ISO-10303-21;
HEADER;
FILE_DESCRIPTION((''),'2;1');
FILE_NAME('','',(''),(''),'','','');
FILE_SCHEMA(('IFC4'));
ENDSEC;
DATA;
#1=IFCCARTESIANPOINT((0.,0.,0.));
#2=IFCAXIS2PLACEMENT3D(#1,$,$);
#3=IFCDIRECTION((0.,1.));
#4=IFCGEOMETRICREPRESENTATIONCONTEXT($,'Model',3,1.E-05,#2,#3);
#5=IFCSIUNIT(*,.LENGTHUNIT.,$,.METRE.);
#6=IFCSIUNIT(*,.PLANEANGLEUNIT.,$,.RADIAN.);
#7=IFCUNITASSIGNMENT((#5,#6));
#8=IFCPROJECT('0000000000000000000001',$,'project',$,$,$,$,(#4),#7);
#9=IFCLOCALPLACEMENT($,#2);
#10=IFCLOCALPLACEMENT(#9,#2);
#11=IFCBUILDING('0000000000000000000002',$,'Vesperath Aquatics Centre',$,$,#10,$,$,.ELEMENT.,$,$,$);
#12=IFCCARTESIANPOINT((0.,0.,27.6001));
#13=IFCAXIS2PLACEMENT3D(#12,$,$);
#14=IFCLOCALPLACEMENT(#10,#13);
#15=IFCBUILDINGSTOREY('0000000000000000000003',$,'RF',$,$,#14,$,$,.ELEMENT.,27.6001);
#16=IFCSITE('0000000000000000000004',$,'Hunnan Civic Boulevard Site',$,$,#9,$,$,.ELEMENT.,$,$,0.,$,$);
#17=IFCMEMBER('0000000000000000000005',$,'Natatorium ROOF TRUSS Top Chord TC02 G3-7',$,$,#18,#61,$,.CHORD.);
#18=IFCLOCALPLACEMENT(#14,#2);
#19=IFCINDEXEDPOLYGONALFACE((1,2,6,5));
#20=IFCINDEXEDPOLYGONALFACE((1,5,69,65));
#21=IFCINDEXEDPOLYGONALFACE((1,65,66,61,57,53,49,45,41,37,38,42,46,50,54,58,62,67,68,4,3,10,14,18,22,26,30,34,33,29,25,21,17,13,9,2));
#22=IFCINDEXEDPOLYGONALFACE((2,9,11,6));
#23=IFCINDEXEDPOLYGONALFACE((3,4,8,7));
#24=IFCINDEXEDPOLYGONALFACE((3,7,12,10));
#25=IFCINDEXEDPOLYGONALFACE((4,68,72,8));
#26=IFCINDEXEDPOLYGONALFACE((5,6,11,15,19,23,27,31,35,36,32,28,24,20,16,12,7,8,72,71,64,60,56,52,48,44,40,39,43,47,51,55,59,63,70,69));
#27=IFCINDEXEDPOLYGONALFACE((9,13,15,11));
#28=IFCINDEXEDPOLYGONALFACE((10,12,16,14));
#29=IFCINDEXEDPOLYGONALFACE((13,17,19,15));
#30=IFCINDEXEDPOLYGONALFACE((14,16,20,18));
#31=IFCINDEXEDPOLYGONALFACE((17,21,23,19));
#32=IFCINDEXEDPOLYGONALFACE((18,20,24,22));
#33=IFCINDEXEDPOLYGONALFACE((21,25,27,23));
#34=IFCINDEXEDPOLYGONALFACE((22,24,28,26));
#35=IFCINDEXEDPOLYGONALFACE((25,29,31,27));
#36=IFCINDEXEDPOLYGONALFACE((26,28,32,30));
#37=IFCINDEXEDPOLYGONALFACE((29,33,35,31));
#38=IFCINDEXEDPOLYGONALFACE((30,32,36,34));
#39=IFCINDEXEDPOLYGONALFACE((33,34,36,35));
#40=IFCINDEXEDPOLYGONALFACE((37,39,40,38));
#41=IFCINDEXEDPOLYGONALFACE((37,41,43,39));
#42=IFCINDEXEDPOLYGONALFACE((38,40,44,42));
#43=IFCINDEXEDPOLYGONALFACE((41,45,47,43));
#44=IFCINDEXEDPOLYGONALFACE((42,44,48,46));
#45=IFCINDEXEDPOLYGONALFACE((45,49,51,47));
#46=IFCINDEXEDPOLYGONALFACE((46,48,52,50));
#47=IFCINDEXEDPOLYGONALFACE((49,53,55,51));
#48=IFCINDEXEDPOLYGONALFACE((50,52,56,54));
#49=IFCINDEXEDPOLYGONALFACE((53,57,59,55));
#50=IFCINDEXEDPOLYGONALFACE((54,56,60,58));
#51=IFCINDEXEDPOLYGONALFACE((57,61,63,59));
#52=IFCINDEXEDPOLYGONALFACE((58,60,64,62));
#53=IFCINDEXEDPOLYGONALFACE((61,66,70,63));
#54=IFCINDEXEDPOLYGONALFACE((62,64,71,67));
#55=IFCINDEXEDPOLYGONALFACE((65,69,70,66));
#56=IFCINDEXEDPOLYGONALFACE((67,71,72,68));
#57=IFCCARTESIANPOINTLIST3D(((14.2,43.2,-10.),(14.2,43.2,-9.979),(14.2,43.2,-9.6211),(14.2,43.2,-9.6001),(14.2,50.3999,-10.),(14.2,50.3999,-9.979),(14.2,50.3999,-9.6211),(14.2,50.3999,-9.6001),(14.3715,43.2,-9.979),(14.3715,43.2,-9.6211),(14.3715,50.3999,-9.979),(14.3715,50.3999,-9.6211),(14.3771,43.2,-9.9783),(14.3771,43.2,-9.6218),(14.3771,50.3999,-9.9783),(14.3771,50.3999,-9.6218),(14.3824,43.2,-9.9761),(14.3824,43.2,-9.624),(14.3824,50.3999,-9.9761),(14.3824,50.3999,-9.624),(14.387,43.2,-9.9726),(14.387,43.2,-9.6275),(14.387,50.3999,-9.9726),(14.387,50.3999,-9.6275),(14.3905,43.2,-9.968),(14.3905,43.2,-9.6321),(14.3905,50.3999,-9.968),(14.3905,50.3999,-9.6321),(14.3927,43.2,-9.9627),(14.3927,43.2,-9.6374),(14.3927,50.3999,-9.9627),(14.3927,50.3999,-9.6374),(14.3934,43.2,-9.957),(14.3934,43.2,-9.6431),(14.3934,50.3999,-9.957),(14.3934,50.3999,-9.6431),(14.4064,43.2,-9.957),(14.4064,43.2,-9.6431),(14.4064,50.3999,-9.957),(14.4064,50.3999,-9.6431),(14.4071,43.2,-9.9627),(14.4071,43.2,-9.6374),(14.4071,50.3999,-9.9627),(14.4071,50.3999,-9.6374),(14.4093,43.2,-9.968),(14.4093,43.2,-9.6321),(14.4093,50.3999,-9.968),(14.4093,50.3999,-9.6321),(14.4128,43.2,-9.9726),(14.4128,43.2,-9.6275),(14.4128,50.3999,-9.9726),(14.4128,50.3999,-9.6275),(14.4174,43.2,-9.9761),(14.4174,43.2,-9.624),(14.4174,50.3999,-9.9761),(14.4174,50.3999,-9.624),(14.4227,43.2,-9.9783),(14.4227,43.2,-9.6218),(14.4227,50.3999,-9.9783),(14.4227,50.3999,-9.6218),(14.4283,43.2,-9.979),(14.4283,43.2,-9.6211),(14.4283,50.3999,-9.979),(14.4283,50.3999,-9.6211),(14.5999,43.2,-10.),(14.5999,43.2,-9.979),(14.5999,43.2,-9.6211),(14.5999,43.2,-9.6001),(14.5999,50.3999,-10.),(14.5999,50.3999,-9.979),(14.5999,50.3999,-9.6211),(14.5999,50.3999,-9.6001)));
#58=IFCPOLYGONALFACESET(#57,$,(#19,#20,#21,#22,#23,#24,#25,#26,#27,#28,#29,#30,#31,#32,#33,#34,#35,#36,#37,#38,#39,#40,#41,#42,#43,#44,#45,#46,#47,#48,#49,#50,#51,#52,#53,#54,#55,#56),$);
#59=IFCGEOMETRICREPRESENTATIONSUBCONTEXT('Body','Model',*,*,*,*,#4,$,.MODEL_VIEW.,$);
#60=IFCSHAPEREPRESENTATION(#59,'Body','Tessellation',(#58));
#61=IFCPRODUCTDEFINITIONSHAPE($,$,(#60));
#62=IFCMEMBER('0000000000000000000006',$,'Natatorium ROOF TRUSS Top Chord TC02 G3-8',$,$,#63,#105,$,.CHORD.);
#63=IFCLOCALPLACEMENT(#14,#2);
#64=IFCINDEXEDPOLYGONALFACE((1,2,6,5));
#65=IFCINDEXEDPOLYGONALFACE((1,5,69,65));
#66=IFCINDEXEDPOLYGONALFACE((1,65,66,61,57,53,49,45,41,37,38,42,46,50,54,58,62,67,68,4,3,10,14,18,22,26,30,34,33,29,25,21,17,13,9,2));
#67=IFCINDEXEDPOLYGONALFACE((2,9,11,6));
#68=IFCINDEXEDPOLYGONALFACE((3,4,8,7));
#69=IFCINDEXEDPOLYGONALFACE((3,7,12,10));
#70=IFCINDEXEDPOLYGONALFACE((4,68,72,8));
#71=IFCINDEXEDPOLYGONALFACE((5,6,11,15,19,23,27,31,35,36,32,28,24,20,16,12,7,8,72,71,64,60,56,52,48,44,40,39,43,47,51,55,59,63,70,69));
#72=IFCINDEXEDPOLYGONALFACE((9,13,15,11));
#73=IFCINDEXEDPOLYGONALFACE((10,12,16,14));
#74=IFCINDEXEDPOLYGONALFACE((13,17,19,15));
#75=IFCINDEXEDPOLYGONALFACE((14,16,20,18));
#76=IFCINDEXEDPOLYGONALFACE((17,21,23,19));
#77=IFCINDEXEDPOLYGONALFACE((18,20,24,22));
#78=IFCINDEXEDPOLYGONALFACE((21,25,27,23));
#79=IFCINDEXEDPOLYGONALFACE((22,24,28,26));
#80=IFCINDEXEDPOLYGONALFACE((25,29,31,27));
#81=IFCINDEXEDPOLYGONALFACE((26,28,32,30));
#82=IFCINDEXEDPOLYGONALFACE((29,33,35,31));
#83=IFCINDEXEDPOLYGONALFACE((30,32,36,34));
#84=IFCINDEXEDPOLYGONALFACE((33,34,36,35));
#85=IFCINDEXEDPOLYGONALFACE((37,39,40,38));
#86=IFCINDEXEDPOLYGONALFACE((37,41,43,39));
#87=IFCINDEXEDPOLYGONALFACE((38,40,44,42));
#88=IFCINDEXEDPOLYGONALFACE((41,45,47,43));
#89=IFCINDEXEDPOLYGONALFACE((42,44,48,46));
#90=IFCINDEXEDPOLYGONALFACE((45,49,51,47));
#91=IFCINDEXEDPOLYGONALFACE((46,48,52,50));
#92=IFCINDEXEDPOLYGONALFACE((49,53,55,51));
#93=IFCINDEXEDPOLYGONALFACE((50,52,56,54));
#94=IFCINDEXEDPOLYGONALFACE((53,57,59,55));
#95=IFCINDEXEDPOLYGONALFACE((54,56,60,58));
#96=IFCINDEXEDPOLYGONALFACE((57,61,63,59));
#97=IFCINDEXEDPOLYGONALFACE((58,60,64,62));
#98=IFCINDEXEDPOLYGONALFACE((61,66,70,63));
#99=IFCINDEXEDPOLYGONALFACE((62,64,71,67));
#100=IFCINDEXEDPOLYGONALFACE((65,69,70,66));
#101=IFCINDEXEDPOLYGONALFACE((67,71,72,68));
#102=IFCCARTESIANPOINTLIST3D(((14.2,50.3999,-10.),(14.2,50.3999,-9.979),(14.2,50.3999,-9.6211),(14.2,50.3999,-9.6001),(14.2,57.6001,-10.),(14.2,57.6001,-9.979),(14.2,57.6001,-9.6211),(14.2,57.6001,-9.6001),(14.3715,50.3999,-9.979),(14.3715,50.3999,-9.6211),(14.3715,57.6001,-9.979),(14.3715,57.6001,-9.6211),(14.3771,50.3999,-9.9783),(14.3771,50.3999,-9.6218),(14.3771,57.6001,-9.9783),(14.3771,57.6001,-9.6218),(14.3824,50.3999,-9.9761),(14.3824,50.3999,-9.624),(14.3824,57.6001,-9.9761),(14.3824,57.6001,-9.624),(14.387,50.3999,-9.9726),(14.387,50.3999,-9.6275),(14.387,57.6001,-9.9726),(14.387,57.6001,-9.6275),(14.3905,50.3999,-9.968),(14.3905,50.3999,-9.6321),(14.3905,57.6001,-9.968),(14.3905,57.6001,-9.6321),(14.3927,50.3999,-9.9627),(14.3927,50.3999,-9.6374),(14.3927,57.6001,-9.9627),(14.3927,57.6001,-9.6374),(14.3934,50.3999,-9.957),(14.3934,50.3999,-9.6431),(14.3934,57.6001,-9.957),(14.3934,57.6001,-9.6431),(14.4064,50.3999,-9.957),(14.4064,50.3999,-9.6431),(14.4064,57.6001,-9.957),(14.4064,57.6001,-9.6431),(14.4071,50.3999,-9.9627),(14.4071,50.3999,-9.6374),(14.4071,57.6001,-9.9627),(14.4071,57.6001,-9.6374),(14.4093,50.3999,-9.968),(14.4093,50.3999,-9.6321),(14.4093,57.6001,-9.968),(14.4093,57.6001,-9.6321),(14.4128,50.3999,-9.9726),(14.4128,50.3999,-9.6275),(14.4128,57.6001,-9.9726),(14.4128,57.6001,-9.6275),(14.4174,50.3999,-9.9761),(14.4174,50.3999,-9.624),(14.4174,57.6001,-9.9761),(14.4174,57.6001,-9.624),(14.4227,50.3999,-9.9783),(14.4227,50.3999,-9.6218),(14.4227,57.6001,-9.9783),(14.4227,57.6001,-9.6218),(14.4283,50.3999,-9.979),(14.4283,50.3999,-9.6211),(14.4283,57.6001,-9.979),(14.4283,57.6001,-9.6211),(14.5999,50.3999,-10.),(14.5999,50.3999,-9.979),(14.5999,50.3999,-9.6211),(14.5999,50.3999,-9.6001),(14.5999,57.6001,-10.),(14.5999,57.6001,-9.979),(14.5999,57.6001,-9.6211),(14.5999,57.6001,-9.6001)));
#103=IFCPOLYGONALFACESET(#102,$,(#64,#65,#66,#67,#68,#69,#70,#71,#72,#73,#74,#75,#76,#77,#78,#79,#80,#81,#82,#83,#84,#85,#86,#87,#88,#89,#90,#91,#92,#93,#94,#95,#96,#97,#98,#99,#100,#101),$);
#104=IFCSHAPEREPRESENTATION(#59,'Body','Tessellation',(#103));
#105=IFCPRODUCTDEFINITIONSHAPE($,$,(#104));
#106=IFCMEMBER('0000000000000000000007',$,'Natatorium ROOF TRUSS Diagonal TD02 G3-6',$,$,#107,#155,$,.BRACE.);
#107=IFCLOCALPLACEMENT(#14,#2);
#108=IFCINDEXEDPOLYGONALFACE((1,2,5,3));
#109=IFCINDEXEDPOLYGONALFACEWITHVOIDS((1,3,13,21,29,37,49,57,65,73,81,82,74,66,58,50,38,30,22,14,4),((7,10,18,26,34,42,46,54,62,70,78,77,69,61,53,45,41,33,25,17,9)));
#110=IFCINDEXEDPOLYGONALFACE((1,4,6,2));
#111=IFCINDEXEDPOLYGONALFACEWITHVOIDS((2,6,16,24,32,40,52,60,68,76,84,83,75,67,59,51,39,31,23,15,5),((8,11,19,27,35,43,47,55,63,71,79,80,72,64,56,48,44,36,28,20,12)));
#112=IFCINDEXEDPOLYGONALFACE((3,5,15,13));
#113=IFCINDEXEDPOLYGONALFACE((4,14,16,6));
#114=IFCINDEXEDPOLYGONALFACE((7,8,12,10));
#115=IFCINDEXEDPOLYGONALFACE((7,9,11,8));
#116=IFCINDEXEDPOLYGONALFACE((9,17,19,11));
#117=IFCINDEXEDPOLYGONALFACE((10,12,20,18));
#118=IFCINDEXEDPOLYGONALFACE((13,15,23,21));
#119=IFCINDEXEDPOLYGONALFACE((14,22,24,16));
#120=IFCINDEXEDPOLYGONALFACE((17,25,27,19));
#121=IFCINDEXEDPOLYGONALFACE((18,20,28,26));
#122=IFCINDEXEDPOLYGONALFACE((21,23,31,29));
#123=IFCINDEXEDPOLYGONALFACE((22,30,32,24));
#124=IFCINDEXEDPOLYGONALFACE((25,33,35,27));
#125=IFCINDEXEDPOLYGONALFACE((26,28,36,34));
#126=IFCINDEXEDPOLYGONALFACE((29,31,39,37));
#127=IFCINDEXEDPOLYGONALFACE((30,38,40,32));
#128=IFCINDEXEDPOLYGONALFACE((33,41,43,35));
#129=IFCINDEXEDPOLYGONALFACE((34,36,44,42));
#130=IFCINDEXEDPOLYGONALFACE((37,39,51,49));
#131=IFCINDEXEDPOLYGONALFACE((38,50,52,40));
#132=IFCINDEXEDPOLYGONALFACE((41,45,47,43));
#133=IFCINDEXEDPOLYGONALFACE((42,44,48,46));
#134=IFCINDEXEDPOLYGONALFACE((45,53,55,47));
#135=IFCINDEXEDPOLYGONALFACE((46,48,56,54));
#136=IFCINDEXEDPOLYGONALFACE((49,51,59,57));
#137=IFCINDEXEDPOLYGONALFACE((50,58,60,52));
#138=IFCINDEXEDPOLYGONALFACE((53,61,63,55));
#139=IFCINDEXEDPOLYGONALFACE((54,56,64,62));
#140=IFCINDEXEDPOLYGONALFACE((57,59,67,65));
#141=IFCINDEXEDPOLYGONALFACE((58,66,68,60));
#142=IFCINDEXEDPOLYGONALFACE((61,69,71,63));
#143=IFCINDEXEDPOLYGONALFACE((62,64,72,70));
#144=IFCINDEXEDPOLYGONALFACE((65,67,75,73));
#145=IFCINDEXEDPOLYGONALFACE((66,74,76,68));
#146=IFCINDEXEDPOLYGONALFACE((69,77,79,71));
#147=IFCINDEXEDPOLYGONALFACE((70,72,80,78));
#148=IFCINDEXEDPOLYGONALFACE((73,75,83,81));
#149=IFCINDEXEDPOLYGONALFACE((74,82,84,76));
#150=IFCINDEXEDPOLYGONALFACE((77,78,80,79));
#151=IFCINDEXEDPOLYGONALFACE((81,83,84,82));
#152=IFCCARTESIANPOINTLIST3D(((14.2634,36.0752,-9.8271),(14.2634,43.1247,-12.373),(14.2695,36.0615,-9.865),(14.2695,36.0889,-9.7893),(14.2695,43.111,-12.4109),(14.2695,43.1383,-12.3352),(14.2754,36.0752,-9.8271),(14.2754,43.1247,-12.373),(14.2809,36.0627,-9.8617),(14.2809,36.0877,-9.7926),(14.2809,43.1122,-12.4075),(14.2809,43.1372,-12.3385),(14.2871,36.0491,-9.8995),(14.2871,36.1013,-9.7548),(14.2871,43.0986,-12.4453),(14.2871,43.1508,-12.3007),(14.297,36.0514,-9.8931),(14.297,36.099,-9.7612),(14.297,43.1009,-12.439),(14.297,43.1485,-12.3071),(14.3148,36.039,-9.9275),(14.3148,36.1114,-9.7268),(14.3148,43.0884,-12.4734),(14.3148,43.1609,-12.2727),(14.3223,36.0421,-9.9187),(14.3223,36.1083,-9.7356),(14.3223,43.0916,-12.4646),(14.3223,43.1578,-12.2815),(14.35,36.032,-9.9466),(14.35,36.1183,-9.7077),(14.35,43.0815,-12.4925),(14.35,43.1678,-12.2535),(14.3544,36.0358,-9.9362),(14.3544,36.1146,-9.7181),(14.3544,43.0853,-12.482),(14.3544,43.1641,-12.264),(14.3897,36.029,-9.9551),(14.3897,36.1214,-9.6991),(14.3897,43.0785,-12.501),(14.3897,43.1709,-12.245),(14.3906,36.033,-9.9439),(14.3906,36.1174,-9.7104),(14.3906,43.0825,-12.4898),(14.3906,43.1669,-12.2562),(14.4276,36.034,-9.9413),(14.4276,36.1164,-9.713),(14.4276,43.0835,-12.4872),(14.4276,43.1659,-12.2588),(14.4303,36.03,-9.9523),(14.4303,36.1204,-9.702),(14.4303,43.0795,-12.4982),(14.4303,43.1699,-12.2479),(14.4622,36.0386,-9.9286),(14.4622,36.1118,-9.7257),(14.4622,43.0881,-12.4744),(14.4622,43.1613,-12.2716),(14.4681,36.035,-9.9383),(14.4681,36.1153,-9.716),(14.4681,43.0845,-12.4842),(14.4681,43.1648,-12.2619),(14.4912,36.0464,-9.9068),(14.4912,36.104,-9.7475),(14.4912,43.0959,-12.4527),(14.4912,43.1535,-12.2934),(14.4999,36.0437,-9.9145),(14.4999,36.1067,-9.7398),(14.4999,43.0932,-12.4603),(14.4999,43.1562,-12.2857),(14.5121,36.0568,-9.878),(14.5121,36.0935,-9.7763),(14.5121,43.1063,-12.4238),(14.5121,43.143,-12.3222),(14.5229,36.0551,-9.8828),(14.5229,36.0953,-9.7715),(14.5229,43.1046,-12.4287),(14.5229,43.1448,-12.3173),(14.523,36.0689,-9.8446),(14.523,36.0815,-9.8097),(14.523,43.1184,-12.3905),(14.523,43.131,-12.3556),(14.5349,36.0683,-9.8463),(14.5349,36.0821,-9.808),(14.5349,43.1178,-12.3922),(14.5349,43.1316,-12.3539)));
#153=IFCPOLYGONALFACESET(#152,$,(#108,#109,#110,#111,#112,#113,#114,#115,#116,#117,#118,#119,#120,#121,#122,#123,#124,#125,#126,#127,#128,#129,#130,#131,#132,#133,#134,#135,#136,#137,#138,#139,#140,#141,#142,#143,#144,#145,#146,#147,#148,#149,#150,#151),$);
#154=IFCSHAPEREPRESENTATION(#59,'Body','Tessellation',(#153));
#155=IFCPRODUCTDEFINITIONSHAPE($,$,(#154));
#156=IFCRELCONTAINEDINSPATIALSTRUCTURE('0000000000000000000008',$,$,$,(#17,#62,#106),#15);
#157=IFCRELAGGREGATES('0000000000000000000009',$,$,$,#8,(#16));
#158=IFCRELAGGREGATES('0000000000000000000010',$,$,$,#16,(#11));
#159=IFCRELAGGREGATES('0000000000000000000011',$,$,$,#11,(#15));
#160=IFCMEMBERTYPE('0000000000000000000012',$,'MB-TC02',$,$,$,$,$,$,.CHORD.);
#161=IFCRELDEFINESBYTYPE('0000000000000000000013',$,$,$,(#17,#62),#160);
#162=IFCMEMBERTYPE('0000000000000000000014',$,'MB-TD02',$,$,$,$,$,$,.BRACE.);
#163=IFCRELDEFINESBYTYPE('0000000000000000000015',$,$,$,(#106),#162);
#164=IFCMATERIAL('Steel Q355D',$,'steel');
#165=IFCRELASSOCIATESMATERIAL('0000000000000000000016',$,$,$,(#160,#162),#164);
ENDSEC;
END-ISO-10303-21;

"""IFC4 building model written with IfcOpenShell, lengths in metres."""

from ifc_helpers import new_model, si_unit, direction, frame, origin, origin_2d, place, context, subcontext, project, spatial, hollow_circle, i_section, extrude, material, material_profile, profile_set, type_object, element, save


model = new_model("IFC4")

# Units and contexts
model_context = context("Model", 3, precision=1e-05, world=origin(), true_north=direction((0.0, 1.0)))
body_context = subcontext(model_context, "Body", "Model", "MODEL_VIEW")
ifc_project = project(units=[si_unit("LENGTHUNIT", "METRE"), si_unit("PLANEANGLEUNIT", "RADIAN")], contexts=[model_context])

# Site, building, storey
site_placement = place(None, origin())
site = spatial("IfcSite", under=ifc_project, at=site_placement, Name="Hunnan Civic Boulevard Site", CompositionType="ELEMENT", RefElevation=0.0)
building_placement = place(site_placement, origin())
building = spatial("IfcBuilding", under=site, at=building_placement, Name="Vesperath Aquatics Centre", CompositionType="ELEMENT")
storey_placement = place(building_placement, frame((0.0, 0.0, 27.6001)))
storey = spatial("IfcBuildingStorey", under=building, at=storey_placement, Name="RF", CompositionType="ELEMENT", Elevation=27.6001)

# Members
ifc_material_1 = material(Name="Steel Q355D", Category="steel")
ifc_material_profile_1 = material_profile(ifc_material_1, i_section(OverallWidth=0.3999, OverallDepth=0.3999, WebThickness=0.0129, FlangeThickness=0.021, FilletRadius=0.022, at=origin_2d()), Name="HW 400x400x13x21")
ifc_profile_set_1 = profile_set([ifc_material_profile_1], Name="Steel Q355D")
member_type_1 = type_object("IfcMemberType", Name="MB-TC02", PredefinedType="CHORD", material=ifc_profile_set_1)
member_1_placement = place(storey_placement, frame((14.3999, 43.2, -9.8), z_axis=(0.0, 1.0, 0.0), x_axis=(-1.0, 0.0, 0.0)))
element("IfcMember", 1, at=member_1_placement, inside=storey, type_object=member_type_1, Name="Natatorium ROOF TRUSS Top Chord TC02 G3-7", PredefinedType="CHORD", context=body_context, shape_type="SweptSolid", body=[
    extrude(i_section(OverallWidth=0.3999, OverallDepth=0.3999, WebThickness=0.0129, FlangeThickness=0.021, FilletRadius=0.022, at=origin_2d()), origin(), (0.0, 0.0, 1.0), 7.2),
])
member_2_placement = place(storey_placement, frame((14.3999, 50.3999, -9.8), z_axis=(0.0, 1.0, 0.0), x_axis=(-1.0, 0.0, 0.0)))
element("IfcMember", 2, at=member_2_placement, inside=storey, type_object=member_type_1, Name="Natatorium ROOF TRUSS Top Chord TC02 G3-8", PredefinedType="CHORD", context=body_context, shape_type="SweptSolid", body=[
    extrude(i_section(OverallWidth=0.3999, OverallDepth=0.3999, WebThickness=0.0129, FlangeThickness=0.021, FilletRadius=0.022, at=origin_2d()), origin(), (0.0, 0.0, 1.0), 7.2002),
])
ifc_material_profile_2 = material_profile(ifc_material_1, hollow_circle(Radius=0.1365, WallThickness=0.012, at=origin_2d()), Name="CHS 273.0x12")
ifc_profile_set_2 = profile_set([ifc_material_profile_2], Name="Steel Q355D")
member_type_2 = type_object("IfcMemberType", Name="MB-TD02", PredefinedType="BRACE", material=ifc_profile_set_2)
for number, where, z_axis, x_axis, name in (
    (3, (14.3999, 36.0752, -9.8271), (0.0, 0.940544, -0.339671), (-1.0, 0.0, 0.0), "Natatorium ROOF TRUSS Diagonal TD02 G3-6"),
):
    element("IfcMember", number, at=place(storey_placement, frame(where, z_axis=z_axis, x_axis=x_axis)), inside=storey, type_object=member_type_2, Name=name, PredefinedType="BRACE", context=body_context, shape_type="SweptSolid", body=[
        extrude(hollow_circle(Radius=0.1365, WallThickness=0.012, at=origin_2d()), origin(), (0.0, 0.0, 1.0), 7.4951),
    ])

save(model, "model.ifc")
